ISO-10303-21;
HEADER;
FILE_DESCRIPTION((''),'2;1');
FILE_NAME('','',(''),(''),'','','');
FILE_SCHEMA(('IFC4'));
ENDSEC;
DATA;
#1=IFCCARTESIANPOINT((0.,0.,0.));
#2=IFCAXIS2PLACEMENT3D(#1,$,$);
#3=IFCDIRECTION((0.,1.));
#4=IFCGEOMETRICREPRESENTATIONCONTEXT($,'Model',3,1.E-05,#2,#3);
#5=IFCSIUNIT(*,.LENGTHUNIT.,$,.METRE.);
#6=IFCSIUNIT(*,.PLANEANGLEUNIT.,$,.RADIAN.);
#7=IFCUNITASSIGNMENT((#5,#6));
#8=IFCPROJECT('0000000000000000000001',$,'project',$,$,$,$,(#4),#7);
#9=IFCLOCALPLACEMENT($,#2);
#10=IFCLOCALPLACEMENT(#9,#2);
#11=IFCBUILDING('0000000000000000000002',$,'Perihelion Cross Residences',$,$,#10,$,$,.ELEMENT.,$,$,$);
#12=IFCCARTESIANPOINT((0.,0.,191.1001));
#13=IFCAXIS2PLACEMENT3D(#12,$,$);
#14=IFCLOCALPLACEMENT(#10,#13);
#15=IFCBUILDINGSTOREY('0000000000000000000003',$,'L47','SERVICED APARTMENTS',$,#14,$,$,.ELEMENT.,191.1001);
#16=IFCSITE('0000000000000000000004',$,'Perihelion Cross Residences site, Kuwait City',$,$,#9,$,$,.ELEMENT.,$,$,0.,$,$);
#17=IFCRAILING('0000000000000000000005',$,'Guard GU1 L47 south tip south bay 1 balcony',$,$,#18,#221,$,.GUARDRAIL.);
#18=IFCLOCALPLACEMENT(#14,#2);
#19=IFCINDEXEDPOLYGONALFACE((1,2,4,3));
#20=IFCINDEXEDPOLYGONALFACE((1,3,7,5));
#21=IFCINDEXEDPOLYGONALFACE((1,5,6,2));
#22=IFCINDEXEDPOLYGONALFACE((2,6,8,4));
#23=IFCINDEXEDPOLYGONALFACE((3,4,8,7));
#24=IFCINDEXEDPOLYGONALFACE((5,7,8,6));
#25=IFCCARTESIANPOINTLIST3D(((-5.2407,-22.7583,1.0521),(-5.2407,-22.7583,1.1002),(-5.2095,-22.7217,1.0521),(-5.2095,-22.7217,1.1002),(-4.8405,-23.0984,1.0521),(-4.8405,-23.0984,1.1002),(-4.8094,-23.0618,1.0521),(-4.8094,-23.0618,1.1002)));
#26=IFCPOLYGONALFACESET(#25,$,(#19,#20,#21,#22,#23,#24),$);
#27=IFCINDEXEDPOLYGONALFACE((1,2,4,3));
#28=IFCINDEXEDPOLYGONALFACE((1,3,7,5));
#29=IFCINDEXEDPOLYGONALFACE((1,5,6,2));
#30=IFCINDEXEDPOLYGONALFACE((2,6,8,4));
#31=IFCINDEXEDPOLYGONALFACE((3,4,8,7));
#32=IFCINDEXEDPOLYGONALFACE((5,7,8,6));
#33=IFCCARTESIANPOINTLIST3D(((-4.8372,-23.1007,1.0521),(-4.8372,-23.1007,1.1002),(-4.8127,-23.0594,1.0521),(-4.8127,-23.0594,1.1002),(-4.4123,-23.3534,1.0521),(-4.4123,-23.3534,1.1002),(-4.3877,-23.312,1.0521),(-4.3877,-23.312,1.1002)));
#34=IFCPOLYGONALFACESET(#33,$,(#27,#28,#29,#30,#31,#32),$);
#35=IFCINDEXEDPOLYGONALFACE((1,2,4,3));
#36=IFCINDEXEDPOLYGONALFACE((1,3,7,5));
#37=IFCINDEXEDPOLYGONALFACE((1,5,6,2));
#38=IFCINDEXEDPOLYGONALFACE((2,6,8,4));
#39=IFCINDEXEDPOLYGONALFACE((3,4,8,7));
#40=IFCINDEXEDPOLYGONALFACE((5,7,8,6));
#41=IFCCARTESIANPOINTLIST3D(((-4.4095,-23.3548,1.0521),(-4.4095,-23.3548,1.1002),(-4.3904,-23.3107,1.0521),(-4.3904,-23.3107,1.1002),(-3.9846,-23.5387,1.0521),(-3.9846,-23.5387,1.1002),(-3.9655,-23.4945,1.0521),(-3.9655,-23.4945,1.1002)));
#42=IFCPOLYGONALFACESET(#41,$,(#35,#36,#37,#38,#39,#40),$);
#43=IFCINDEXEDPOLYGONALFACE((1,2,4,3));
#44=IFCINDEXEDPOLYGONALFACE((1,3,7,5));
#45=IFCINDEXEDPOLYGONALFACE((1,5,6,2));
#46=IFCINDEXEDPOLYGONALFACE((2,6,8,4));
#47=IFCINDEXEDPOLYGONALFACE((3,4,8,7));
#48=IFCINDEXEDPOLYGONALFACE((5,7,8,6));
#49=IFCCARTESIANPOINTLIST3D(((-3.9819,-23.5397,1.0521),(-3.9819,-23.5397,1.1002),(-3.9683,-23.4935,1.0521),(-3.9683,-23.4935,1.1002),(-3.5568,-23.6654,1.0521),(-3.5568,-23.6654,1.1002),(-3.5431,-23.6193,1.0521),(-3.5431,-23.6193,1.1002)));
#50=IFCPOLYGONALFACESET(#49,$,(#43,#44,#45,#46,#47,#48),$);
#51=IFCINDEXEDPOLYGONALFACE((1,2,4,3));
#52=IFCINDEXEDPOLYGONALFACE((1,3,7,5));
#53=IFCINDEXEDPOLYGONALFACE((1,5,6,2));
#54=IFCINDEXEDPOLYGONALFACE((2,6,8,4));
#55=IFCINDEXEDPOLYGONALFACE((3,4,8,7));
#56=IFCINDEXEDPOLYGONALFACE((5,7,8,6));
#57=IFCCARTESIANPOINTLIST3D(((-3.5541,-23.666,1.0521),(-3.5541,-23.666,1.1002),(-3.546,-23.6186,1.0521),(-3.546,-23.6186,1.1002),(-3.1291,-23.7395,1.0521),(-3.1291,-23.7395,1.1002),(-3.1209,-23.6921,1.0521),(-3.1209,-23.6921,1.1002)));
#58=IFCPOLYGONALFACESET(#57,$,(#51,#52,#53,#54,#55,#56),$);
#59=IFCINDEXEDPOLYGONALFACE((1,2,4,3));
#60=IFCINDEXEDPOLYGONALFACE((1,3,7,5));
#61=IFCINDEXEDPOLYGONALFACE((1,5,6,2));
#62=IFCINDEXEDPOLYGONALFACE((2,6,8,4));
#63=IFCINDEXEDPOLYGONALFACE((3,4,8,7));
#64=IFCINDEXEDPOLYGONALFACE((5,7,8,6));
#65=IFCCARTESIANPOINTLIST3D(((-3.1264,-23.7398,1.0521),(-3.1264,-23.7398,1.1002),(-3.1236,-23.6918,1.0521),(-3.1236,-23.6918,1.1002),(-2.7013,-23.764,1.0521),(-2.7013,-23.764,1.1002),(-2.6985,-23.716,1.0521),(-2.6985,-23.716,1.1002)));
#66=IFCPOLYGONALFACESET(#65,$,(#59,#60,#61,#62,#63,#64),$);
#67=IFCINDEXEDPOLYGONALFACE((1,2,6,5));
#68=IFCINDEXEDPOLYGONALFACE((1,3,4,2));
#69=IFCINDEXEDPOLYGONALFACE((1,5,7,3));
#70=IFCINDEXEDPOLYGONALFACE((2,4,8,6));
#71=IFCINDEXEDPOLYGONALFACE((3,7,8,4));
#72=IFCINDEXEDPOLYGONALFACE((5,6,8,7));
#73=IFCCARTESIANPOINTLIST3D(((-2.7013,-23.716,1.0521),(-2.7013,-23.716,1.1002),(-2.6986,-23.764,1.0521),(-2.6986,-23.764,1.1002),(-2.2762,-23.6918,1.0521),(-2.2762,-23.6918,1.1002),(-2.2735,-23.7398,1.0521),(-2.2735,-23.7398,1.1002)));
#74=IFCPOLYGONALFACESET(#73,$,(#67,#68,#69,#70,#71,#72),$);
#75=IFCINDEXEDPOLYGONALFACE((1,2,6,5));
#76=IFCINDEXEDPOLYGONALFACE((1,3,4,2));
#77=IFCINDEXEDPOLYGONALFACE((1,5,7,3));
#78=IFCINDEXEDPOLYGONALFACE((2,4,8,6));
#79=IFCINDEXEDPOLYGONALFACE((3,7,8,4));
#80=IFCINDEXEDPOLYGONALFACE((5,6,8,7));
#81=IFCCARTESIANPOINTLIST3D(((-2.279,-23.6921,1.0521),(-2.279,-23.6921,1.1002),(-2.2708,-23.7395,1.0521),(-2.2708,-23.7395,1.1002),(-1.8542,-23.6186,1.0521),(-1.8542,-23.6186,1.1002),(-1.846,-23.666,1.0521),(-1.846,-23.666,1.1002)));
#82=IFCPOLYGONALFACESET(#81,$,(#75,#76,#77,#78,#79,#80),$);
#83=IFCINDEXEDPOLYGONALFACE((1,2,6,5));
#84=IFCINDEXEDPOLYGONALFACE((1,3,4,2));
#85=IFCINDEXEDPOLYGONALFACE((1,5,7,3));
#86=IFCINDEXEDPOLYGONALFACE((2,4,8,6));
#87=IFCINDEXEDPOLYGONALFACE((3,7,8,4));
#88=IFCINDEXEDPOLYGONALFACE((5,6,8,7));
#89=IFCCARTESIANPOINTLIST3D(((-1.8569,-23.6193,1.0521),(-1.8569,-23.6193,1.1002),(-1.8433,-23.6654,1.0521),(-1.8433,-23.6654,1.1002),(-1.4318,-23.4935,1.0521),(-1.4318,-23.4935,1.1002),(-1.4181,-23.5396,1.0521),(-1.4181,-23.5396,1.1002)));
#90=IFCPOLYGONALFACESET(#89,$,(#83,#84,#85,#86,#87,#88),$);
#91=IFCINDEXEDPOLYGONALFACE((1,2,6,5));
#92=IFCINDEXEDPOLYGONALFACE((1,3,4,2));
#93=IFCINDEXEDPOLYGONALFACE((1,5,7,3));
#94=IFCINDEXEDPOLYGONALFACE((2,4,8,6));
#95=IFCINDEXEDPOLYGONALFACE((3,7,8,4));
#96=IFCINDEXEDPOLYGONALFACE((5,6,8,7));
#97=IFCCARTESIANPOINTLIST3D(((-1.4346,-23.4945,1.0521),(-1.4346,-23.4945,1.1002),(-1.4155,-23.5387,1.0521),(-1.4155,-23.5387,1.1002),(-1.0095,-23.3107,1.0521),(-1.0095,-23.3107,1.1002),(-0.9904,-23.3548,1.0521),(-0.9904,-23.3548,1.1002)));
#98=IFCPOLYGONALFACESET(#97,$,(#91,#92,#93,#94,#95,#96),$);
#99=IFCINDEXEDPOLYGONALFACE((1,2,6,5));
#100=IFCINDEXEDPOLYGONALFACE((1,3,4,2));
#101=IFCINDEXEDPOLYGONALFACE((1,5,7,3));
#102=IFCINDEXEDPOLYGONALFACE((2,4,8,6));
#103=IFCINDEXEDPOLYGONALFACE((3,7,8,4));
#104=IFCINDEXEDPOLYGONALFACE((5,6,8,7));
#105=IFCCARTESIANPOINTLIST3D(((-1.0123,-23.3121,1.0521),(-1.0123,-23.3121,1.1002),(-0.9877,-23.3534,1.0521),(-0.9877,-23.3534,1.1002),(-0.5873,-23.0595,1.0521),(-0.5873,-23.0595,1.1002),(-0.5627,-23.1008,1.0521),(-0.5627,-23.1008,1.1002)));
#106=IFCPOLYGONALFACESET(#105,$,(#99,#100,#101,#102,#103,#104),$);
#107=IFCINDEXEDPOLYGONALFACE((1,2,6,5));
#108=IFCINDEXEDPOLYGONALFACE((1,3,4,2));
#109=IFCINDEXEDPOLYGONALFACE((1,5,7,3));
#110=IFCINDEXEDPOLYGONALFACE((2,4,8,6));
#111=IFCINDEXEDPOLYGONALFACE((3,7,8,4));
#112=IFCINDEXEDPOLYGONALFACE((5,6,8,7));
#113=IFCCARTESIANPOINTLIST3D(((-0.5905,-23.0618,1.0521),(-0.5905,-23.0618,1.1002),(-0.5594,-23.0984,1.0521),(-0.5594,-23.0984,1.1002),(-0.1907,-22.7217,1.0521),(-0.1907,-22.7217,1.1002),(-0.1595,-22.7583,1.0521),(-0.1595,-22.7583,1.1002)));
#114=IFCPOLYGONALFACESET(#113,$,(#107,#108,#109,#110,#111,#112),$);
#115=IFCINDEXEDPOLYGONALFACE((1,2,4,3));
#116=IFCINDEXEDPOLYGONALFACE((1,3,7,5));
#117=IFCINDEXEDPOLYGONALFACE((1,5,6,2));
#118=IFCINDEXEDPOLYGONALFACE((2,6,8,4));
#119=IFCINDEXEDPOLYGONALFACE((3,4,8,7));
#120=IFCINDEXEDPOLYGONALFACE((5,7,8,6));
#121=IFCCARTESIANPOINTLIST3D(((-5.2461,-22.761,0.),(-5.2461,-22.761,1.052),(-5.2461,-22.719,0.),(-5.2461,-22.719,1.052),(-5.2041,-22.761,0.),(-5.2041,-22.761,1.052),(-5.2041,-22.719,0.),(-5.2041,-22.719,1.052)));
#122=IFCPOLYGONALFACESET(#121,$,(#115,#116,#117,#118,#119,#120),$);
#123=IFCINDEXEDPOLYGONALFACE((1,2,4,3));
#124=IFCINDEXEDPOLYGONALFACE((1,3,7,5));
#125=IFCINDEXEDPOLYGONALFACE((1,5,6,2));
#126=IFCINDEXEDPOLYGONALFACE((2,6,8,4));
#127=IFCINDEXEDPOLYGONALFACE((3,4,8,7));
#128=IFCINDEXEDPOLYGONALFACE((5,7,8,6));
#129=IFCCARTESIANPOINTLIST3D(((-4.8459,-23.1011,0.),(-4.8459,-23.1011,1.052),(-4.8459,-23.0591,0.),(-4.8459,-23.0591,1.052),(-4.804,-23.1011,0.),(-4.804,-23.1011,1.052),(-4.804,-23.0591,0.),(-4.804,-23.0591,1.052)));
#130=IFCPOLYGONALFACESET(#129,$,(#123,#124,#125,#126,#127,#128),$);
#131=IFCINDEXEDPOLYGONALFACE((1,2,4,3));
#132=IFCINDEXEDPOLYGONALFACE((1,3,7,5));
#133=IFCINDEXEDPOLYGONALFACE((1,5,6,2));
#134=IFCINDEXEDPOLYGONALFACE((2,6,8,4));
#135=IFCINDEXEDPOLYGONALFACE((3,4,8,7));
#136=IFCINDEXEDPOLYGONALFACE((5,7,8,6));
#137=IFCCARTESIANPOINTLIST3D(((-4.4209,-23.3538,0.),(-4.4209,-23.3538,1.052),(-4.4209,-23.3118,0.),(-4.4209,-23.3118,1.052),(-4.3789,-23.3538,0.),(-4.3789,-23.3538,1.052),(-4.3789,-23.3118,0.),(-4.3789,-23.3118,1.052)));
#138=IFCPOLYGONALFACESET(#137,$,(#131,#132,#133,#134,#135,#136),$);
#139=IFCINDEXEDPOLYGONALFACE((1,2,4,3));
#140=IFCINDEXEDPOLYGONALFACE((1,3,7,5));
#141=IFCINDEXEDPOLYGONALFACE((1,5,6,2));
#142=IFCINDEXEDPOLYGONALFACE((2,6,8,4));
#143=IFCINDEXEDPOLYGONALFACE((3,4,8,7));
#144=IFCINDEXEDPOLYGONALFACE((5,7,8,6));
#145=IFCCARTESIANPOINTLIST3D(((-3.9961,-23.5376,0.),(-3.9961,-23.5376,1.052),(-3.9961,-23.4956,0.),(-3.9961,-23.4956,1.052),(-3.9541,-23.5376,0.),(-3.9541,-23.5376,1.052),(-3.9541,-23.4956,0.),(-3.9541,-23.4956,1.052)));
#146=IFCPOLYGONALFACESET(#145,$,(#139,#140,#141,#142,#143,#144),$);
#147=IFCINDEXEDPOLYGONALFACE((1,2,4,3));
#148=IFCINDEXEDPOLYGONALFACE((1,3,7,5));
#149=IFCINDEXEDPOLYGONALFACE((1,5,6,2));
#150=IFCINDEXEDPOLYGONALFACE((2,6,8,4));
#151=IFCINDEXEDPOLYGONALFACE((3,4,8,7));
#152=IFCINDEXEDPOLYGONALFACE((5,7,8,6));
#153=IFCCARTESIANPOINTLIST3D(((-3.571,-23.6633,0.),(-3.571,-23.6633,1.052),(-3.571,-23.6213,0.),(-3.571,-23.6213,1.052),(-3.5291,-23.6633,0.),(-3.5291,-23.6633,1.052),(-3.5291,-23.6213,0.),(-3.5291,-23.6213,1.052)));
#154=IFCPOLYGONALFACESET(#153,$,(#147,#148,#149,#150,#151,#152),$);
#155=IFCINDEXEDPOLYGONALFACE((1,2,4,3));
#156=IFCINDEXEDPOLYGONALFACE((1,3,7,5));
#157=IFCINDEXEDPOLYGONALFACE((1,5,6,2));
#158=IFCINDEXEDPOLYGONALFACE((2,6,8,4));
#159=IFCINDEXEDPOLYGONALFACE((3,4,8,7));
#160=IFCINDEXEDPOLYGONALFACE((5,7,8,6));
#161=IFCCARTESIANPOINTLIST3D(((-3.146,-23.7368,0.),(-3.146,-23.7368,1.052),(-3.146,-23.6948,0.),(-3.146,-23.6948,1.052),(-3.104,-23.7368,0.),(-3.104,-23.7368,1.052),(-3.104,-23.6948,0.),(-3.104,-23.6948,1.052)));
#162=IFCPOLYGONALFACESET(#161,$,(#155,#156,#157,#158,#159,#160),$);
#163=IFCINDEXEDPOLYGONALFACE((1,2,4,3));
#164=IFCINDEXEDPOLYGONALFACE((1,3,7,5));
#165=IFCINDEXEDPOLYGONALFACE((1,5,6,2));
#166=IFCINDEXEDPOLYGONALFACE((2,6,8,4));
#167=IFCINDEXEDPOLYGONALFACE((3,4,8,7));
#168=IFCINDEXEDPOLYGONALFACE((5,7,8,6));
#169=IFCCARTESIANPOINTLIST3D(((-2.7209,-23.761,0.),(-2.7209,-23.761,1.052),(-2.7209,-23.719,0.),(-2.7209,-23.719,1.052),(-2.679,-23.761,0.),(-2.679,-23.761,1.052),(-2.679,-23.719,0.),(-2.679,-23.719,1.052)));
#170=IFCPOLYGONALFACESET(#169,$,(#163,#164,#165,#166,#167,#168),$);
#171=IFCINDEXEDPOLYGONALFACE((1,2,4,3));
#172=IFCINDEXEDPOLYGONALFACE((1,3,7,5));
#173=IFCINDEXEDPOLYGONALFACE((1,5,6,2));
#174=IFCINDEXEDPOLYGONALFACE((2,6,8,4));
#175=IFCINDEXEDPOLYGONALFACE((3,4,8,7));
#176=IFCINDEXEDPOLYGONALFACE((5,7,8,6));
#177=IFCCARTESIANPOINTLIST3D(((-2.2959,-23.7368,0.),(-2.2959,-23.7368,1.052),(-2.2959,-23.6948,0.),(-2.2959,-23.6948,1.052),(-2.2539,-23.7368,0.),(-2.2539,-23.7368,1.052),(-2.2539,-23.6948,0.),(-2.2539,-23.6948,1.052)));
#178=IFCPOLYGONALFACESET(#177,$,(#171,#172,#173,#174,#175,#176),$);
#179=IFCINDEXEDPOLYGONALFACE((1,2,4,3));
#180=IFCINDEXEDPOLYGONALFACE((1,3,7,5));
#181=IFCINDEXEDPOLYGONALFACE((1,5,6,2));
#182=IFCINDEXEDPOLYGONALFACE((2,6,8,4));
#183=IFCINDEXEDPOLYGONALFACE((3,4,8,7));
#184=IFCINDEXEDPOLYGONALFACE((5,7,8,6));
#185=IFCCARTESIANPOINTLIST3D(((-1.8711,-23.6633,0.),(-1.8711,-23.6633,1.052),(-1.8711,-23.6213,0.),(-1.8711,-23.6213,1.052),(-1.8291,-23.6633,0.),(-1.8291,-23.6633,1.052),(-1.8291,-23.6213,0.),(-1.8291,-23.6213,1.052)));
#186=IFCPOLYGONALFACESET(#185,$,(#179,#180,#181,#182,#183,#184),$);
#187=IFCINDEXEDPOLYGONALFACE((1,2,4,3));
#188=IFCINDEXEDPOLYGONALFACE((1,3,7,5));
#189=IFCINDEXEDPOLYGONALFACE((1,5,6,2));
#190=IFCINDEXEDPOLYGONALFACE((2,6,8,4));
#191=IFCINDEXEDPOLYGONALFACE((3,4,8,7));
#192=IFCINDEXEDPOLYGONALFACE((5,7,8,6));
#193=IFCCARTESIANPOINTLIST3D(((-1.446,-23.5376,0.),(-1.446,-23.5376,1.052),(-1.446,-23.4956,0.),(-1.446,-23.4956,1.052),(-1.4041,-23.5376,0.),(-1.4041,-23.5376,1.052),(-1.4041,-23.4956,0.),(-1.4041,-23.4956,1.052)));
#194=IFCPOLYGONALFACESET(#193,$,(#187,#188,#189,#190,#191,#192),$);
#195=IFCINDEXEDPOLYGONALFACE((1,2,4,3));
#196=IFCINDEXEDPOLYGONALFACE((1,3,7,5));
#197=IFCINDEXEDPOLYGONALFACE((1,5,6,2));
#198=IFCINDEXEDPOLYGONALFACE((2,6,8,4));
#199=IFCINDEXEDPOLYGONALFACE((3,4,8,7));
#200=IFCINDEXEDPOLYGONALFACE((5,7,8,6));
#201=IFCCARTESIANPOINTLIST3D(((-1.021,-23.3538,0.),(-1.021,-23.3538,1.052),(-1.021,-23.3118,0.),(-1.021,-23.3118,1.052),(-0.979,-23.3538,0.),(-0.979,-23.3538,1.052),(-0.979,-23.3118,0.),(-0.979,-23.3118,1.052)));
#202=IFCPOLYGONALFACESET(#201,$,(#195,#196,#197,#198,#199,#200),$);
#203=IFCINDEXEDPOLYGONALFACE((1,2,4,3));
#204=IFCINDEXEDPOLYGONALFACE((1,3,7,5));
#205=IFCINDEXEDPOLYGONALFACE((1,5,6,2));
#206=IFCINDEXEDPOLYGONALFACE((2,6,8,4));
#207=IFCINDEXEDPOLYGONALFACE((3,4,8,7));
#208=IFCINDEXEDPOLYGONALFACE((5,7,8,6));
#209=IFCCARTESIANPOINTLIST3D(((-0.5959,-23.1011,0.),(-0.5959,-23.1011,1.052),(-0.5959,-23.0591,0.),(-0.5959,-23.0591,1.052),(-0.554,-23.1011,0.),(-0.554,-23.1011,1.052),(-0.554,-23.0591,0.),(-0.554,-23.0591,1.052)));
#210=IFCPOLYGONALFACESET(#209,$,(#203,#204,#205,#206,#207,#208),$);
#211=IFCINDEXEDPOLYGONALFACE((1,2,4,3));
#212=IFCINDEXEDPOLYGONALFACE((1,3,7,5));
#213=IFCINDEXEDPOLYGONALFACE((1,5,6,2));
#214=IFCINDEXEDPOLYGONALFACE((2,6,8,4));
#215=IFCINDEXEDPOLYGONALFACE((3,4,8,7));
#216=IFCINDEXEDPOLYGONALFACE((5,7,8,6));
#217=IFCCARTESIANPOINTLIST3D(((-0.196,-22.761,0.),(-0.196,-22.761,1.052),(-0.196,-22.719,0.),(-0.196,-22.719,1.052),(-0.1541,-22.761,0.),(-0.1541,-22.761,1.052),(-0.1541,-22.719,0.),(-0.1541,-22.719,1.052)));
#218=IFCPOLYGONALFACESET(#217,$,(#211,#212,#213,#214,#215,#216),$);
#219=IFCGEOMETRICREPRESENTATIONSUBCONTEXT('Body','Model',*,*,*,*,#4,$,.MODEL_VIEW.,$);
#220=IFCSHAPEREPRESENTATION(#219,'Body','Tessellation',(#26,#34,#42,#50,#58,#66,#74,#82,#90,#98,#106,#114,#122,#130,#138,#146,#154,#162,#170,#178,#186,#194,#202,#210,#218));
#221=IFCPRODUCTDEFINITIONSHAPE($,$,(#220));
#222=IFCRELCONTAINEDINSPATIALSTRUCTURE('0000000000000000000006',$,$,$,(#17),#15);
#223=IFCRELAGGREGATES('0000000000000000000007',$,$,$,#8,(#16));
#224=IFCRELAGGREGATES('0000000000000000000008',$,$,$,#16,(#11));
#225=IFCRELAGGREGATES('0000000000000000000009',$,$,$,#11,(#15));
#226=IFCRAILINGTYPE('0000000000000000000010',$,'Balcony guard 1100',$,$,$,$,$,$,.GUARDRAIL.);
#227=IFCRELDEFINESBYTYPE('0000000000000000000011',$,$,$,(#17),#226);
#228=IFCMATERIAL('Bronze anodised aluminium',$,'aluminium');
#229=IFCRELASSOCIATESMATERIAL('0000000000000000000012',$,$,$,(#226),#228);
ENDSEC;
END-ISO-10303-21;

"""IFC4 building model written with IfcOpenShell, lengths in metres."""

from ifc_helpers import new_model, si_unit, direction, frame, origin, origin_2d, place, context, subcontext, project, spatial, rectangle, extrude, material, type_object, element, save


model = new_model("IFC4")

# Units and contexts
model_context = context("Model", 3, precision=1e-05, world=origin(), true_north=direction((0.0, 1.0)))
body_context = subcontext(model_context, "Body", "Model", "MODEL_VIEW")
ifc_project = project(units=[si_unit("LENGTHUNIT", "METRE"), si_unit("PLANEANGLEUNIT", "RADIAN")], contexts=[model_context])

# Site, building, storey
site_placement = place(None, origin())
site = spatial("IfcSite", under=ifc_project, at=site_placement, Name="Perihelion Cross Residences site, Kuwait City", CompositionType="ELEMENT", RefElevation=0.0)
building_placement = place(site_placement, origin())
building = spatial("IfcBuilding", under=site, at=building_placement, Name="Perihelion Cross Residences", CompositionType="ELEMENT")
storey_placement = place(building_placement, frame((0.0, 0.0, 191.1001)))
storey = spatial("IfcBuildingStorey", under=building, at=storey_placement, Name="L47", Description="SERVICED APARTMENTS", CompositionType="ELEMENT", Elevation=191.1001)

# Railing
ifc_material_1 = material(Name="Bronze anodised aluminium", Category="aluminium")
railing_type = type_object("IfcRailingType", Name="Balcony guard 1100", PredefinedType="GUARDRAIL", material=ifc_material_1)
railing_placement = place(storey_placement, frame((-5.2251, -22.74, 0.0)))
element("IfcRailing", 1, at=railing_placement, inside=storey, type_object=railing_type, Name="Guard GU1 L47 south tip south bay 1 balcony", PredefinedType="GUARDRAIL", context=body_context, shape_type="SweptSolid", body=[
    extrude(rectangle(XDim=0.0481, YDim=0.0481, at=origin_2d()), frame((0.0, 0.0, 1.0762), z_axis=(0.761974, -0.647608, 0.0), x_axis=(0.647608, 0.761974, 0.0)), (0.0, 0.0, 1.0), 0.5251),
    extrude(rectangle(XDim=0.0481, YDim=0.0481, at=origin_2d()), frame((0.4001, -0.3401, 1.0762), z_axis=(0.859577, -0.511006, 0.0), x_axis=(0.511006, 0.859577, 0.0)), (0.0, 0.0, 1.0), 0.4944),
    extrude(rectangle(XDim=0.0481, YDim=0.0481, at=origin_2d()), frame((0.8252, -0.5928, 1.0762), z_axis=(0.917748, -0.397163, 0.0), x_axis=(0.397163, 0.917748, 0.0)), (0.0, 0.0, 1.0), 0.4629),
    extrude(rectangle(XDim=0.0481, YDim=0.0481, at=origin_2d()), frame((1.25, -0.7766, 1.0762), z_axis=(0.958926, -0.283657, 0.0), x_axis=(0.283657, 0.958926, 0.0)), (0.0, 0.0, 1.0), 0.4434),
    extrude(rectangle(XDim=0.0481, YDim=0.0481, at=origin_2d()), frame((1.675, -0.9023, 1.0762), z_axis=(0.985382, -0.170362, 0.0), x_axis=(0.170362, 0.985382, 0.0)), (0.0, 0.0, 1.0), 0.4314),
    extrude(rectangle(XDim=0.0481, YDim=0.0481, at=origin_2d()), frame((2.1001, -0.9758, 1.0762), z_axis=(0.998387, -0.056772, 0.0), x_axis=(0.056772, 0.998387, 0.0)), (0.0, 0.0, 1.0), 0.4258),
    extrude(rectangle(XDim=0.0481, YDim=0.0481, at=origin_2d()), frame((2.5251, -1.0, 1.0762), z_axis=(0.998387, 0.056772, 0.0), x_axis=(-0.056772, 0.998387, 0.0)), (0.0, 0.0, 1.0), 0.4258),
    extrude(rectangle(XDim=0.0481, YDim=0.0481, at=origin_2d()), frame((2.9502, -0.9758, 1.0762), z_axis=(0.985365, 0.170457, 0.0), x_axis=(-0.170457, 0.985365, 0.0)), (0.0, 0.0, 1.0), 0.4312),
    extrude(rectangle(XDim=0.0481, YDim=0.0481, at=origin_2d()), frame((3.375, -0.9023, 1.0762), z_axis=(0.958926, 0.283657, 0.0), x_axis=(-0.283657, 0.958926, 0.0)), (0.0, 0.0, 1.0), 0.4434),
    extrude(rectangle(XDim=0.0481, YDim=0.0481, at=origin_2d()), frame((3.8, -0.7766, 1.0762), z_axis=(0.917831, 0.396971, 0.0), x_axis=(-0.396971, 0.917831, 0.0)), (0.0, 0.0, 1.0), 0.4631),
    extrude(rectangle(XDim=0.0481, YDim=0.0481, at=origin_2d()), frame((4.2251, -0.5928, 1.0762), z_axis=(0.859577, 0.511006, 0.0), x_axis=(-0.511006, 0.859577, 0.0)), (0.0, 0.0, 1.0), 0.4944),
    extrude(rectangle(XDim=0.0481, YDim=0.0481, at=origin_2d()), frame((4.6501, -0.3401, 1.0762), z_axis=(0.761779, 0.647837, 0.0), x_axis=(-0.647837, 0.761779, 0.0)), (0.0, 0.0, 1.0), 0.5249),
    extrude(rectangle(XDim=0.042, YDim=0.042, at=origin_2d()), origin(), (0.0, 0.0, 1.0), 1.052),
    extrude(rectangle(XDim=0.042, YDim=0.042, at=origin_2d()), frame((0.4001, -0.3401, 0.0)), (0.0, 0.0, 1.0), 1.052),
    extrude(rectangle(XDim=0.042, YDim=0.042, at=origin_2d()), frame((0.8252, -0.5928, 0.0)), (0.0, 0.0, 1.0), 1.052),
    extrude(rectangle(XDim=0.042, YDim=0.042, at=origin_2d()), frame((1.25, -0.7766, 0.0)), (0.0, 0.0, 1.0), 1.052),
    extrude(rectangle(XDim=0.042, YDim=0.042, at=origin_2d()), frame((1.675, -0.9023, 0.0)), (0.0, 0.0, 1.0), 1.052),
    extrude(rectangle(XDim=0.042, YDim=0.042, at=origin_2d()), frame((2.1001, -0.9758, 0.0)), (0.0, 0.0, 1.0), 1.052),
    extrude(rectangle(XDim=0.042, YDim=0.042, at=origin_2d()), frame((2.5251, -1.0, 0.0)), (0.0, 0.0, 1.0), 1.052),
    extrude(rectangle(XDim=0.042, YDim=0.042, at=origin_2d()), frame((2.9502, -0.9758, 0.0)), (0.0, 0.0, 1.0), 1.052),
    extrude(rectangle(XDim=0.042, YDim=0.042, at=origin_2d()), frame((3.375, -0.9023, 0.0)), (0.0, 0.0, 1.0), 1.052),
    extrude(rectangle(XDim=0.042, YDim=0.042, at=origin_2d()), frame((3.8, -0.7766, 0.0)), (0.0, 0.0, 1.0), 1.052),
    extrude(rectangle(XDim=0.042, YDim=0.042, at=origin_2d()), frame((4.2251, -0.5928, 0.0)), (0.0, 0.0, 1.0), 1.052),
    extrude(rectangle(XDim=0.042, YDim=0.042, at=origin_2d()), frame((4.6501, -0.3401, 0.0)), (0.0, 0.0, 1.0), 1.052),
    extrude(rectangle(XDim=0.042, YDim=0.042, at=origin_2d()), frame((5.05, 0.0, 0.0)), (0.0, 0.0, 1.0), 1.052),
])

save(model, "model.ifc")
